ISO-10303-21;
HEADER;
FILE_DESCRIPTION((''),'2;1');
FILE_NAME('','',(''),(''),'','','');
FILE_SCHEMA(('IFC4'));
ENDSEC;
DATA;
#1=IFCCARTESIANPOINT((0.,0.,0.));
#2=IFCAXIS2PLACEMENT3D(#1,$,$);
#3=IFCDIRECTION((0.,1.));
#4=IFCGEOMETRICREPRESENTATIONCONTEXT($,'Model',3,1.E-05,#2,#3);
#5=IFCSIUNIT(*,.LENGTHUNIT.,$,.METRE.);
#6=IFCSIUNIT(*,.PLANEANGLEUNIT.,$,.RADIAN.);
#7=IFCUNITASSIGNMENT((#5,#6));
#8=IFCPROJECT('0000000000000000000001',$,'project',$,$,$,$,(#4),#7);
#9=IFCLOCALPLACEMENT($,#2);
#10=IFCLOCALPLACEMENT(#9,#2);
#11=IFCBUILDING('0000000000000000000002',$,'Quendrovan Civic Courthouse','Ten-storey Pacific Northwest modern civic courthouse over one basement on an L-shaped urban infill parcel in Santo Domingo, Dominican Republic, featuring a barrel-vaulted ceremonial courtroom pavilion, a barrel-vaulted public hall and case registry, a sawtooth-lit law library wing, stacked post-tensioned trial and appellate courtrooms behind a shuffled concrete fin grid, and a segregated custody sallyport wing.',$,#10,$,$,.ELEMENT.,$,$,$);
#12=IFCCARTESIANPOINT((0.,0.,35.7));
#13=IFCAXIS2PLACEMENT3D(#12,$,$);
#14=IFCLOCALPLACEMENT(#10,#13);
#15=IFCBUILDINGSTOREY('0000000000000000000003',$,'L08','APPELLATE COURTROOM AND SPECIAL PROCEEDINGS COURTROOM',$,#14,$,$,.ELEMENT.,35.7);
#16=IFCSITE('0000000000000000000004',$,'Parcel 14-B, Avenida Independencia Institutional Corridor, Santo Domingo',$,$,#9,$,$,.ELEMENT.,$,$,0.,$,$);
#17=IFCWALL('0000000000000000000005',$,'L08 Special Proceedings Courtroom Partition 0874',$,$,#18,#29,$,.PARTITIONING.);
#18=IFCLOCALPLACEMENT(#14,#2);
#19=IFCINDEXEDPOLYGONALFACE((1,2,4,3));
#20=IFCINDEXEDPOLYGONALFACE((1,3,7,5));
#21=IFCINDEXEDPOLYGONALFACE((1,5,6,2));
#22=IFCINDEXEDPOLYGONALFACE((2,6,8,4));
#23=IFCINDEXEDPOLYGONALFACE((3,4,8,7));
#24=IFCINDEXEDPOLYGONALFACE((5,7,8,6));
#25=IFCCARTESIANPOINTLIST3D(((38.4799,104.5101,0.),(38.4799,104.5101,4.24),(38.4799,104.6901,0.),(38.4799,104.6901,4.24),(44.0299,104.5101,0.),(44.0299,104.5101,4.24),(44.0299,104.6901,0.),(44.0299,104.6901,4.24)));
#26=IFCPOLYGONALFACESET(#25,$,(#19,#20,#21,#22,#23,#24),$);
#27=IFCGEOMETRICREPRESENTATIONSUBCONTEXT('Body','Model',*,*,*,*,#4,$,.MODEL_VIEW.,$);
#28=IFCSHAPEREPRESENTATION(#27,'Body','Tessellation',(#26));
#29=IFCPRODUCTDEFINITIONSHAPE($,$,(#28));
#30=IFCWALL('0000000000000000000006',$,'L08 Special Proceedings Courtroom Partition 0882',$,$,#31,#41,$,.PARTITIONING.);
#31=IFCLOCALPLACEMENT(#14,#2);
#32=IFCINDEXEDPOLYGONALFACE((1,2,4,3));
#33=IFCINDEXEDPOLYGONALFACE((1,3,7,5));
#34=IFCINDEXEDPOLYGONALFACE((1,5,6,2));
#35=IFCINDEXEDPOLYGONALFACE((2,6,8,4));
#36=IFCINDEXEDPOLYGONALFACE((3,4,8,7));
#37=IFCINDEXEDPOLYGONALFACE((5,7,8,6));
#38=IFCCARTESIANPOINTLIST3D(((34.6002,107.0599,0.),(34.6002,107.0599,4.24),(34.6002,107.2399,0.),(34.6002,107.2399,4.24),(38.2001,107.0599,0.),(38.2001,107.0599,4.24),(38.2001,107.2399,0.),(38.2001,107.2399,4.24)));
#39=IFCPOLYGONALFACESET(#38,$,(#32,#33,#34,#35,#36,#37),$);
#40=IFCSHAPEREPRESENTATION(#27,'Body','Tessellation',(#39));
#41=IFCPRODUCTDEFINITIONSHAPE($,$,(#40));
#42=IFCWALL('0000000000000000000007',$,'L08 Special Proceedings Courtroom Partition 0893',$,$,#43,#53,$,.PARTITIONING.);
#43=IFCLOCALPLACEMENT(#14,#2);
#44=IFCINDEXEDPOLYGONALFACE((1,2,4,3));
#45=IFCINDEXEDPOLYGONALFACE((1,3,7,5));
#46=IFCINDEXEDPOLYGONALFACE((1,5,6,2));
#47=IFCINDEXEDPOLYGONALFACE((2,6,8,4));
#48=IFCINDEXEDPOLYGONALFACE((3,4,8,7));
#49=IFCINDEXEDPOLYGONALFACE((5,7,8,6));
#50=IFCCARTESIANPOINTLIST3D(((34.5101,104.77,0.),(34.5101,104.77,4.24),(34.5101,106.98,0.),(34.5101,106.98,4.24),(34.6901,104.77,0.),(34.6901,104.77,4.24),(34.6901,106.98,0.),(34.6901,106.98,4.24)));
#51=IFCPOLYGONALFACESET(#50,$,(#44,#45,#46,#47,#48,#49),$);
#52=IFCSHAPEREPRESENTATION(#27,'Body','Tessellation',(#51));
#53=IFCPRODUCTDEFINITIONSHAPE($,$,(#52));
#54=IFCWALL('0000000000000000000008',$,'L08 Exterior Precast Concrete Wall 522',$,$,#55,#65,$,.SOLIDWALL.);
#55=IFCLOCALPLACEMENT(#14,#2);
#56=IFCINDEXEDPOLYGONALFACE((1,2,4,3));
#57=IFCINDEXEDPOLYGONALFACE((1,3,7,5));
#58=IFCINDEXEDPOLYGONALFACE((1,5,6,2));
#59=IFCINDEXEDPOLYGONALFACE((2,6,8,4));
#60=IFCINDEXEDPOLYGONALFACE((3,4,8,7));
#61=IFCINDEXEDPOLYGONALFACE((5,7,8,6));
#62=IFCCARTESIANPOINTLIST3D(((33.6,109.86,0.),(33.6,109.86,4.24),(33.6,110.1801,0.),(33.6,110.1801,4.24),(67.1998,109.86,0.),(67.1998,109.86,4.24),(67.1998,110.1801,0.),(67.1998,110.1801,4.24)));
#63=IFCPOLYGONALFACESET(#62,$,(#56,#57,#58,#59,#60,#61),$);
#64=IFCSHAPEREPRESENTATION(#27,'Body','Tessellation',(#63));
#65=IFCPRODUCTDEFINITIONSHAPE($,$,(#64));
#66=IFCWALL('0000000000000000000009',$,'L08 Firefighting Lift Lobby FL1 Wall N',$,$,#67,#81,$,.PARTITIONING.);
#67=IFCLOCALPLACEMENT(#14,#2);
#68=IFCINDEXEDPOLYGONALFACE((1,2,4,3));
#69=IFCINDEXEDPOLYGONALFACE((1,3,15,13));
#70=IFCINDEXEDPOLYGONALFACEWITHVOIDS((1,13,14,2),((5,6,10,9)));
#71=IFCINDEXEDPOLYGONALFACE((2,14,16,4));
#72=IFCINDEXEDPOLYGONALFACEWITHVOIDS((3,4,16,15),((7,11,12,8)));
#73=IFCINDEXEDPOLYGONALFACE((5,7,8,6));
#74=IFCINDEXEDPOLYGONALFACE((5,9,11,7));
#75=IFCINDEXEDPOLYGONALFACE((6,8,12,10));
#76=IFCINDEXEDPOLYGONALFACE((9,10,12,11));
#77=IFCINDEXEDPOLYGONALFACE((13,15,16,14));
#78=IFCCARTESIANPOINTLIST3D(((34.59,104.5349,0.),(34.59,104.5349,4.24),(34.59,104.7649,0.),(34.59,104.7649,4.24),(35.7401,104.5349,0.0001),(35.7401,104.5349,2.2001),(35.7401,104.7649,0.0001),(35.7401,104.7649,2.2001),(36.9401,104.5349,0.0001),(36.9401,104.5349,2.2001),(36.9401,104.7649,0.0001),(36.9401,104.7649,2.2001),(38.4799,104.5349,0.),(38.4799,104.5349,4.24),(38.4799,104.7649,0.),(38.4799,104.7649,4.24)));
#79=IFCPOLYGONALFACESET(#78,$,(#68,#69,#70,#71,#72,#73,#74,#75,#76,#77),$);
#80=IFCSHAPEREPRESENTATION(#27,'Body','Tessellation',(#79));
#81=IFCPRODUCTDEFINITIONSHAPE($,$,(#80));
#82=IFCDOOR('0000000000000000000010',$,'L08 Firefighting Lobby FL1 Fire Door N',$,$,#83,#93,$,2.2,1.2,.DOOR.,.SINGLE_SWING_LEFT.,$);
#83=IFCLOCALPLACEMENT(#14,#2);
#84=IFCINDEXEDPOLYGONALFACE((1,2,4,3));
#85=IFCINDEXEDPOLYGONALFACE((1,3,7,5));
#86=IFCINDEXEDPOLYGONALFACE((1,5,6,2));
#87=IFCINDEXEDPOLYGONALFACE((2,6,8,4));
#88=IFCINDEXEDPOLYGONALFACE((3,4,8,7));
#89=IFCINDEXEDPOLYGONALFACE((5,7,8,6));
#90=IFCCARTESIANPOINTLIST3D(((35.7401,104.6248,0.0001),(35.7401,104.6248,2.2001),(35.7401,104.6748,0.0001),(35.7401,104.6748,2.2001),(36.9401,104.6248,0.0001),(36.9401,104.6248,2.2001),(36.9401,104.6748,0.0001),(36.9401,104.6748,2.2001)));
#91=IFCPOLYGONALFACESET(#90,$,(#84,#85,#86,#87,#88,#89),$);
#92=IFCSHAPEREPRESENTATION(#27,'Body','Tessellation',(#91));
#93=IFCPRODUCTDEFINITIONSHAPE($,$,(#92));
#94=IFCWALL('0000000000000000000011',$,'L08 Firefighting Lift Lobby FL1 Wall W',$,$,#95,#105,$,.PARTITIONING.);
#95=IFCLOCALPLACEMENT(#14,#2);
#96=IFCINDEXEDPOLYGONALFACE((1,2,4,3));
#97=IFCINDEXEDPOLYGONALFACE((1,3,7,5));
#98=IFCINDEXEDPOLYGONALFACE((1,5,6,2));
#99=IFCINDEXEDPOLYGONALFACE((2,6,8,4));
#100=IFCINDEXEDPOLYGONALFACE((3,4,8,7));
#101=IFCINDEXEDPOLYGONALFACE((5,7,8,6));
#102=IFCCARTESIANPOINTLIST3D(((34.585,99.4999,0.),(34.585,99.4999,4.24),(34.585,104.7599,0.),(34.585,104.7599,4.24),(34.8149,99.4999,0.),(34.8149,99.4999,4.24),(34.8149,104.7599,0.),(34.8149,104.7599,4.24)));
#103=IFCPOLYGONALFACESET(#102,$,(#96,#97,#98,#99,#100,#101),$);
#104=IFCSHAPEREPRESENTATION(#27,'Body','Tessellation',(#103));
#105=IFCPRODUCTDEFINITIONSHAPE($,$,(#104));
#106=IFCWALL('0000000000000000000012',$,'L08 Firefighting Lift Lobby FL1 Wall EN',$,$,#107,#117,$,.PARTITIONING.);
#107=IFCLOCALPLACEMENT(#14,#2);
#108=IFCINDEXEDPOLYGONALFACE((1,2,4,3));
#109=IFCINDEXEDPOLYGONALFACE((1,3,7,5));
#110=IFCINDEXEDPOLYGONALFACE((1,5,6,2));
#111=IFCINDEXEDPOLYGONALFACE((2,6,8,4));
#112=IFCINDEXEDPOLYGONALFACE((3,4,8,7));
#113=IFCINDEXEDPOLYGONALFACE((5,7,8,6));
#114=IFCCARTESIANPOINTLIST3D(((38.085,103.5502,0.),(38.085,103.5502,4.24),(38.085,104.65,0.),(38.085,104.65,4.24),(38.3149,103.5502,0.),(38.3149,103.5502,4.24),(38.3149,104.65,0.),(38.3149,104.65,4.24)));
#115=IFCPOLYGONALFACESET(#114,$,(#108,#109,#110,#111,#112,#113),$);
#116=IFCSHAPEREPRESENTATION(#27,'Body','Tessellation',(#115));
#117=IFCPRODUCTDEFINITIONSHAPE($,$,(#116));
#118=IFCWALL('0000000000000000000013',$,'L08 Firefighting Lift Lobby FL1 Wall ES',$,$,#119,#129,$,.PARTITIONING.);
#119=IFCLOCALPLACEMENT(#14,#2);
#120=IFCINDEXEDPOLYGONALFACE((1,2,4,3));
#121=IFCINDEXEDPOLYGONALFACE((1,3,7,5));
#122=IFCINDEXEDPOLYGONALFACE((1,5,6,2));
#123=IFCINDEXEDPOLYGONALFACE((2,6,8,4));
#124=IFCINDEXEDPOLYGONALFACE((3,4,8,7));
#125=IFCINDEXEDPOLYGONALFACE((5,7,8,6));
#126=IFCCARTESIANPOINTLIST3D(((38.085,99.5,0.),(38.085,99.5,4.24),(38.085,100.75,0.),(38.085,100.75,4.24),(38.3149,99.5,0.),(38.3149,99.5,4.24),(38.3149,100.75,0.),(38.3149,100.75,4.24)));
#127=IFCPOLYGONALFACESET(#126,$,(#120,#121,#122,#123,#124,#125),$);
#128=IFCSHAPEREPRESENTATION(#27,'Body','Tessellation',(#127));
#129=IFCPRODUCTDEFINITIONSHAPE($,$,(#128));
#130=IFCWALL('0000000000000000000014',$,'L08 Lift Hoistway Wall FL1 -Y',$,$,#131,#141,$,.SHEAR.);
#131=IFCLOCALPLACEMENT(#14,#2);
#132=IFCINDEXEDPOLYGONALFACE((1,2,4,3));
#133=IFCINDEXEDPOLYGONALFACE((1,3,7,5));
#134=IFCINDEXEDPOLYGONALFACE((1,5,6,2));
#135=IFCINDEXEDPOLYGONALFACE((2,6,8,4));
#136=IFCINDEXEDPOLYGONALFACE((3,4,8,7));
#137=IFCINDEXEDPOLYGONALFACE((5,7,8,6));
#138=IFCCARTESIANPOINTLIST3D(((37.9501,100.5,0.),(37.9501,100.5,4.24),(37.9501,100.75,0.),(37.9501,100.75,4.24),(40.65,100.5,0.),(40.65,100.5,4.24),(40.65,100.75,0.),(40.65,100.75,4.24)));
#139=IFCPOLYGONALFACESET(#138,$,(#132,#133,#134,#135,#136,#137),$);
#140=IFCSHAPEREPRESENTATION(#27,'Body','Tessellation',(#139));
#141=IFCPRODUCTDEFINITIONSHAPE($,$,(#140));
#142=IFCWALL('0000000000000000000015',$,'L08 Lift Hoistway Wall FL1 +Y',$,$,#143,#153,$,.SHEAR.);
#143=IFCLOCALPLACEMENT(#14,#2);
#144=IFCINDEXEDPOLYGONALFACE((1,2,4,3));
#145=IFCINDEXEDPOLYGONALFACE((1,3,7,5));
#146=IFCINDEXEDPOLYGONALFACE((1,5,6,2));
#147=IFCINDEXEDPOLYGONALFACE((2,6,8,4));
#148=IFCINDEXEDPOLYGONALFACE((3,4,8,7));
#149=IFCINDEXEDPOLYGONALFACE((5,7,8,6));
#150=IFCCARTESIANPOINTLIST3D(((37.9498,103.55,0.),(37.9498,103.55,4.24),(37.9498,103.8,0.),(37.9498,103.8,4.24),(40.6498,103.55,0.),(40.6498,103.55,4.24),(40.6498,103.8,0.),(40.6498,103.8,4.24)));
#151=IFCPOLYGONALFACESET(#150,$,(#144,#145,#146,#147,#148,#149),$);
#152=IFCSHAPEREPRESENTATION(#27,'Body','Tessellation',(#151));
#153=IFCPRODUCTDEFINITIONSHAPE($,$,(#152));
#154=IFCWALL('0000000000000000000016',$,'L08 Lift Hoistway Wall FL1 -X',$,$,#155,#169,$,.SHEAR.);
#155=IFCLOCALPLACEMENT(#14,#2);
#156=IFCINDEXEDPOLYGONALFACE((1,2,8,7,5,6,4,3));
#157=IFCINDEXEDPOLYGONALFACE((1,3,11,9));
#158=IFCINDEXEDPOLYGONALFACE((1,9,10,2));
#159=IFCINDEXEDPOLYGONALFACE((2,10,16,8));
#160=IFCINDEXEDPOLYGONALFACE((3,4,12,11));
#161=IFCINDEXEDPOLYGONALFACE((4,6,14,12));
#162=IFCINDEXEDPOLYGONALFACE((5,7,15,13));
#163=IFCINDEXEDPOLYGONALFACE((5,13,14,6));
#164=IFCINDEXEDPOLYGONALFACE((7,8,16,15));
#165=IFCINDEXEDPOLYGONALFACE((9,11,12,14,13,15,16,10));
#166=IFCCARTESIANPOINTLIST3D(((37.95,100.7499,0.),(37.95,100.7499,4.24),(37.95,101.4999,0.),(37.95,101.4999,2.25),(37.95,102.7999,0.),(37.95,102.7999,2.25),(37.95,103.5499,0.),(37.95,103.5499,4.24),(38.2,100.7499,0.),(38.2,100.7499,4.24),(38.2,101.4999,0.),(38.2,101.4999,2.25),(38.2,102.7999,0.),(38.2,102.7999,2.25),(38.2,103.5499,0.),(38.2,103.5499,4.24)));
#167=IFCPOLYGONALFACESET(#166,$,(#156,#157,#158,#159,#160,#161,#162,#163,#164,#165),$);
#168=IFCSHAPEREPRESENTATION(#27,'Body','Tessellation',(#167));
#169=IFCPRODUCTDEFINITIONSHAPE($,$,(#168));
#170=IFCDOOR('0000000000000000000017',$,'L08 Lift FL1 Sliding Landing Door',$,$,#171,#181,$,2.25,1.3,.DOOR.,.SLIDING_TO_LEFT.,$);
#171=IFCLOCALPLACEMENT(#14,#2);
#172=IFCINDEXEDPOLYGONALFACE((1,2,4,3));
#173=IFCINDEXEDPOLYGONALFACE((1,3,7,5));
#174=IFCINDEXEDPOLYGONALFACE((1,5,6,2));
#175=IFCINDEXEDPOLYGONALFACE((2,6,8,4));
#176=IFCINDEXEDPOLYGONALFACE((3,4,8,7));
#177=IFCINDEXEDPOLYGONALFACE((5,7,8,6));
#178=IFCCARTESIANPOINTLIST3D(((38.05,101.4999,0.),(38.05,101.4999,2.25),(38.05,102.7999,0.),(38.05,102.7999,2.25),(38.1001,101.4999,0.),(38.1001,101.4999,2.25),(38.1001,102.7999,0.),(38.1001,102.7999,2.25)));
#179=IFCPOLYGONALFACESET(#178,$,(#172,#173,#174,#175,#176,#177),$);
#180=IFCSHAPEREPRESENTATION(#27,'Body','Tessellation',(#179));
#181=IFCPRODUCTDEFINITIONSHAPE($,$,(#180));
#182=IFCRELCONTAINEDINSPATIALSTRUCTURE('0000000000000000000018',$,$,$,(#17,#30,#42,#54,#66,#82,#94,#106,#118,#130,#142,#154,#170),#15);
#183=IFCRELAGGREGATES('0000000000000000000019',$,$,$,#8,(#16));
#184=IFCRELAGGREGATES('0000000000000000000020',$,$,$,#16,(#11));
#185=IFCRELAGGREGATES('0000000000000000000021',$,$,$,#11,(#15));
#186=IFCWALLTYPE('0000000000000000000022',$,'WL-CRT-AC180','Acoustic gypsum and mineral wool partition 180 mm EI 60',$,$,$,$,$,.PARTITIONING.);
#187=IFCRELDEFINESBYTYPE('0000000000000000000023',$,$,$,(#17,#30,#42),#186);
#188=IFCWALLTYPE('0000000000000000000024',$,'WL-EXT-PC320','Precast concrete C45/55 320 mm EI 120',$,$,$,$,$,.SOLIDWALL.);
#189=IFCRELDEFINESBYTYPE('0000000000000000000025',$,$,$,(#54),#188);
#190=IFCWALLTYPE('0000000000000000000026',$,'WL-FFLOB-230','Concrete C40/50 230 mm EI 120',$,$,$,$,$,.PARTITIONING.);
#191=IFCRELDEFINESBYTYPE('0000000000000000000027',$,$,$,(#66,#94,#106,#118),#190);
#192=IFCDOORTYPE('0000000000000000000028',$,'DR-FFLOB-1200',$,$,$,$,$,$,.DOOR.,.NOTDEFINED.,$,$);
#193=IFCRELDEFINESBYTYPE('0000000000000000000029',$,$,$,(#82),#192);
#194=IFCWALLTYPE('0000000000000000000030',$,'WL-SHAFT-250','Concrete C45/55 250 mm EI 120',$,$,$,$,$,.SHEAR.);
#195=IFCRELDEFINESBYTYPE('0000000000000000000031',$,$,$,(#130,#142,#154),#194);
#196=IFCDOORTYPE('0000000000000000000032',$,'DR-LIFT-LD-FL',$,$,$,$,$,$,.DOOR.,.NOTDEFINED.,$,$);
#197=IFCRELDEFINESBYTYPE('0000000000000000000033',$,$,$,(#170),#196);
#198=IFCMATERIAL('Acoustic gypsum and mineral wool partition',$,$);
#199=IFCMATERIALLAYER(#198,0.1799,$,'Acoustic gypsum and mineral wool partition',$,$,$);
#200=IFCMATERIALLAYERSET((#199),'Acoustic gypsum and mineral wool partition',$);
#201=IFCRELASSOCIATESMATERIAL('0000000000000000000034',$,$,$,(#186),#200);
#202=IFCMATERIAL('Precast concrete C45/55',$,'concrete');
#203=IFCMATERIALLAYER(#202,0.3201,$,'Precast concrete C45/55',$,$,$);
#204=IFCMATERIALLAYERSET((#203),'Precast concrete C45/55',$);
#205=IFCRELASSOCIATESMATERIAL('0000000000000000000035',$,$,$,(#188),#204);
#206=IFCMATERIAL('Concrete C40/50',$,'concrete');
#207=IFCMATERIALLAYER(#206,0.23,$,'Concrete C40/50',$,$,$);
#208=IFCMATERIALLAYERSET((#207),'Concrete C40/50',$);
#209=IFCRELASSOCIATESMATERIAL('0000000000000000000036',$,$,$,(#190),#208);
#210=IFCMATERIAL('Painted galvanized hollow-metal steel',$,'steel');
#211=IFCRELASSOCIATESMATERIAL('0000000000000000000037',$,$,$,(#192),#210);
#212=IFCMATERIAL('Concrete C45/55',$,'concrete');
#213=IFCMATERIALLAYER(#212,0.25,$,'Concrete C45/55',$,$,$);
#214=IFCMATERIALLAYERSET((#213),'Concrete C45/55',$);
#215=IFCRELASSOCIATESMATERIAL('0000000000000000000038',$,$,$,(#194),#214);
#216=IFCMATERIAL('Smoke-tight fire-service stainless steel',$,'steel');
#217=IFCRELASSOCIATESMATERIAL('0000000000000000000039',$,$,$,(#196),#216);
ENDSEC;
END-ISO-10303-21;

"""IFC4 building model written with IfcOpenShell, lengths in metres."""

from ifc_helpers import new_model, si_unit, direction, frame, frame_2d, origin, place, context, subcontext, project, spatial, rectangle, extrude, material, layer, layer_set, type_object, element, fill, save


model = new_model("IFC4")

# Units and contexts
model_context = context("Model", 3, precision=1e-05, world=origin(), true_north=direction((0.0, 1.0)))
body_context = subcontext(model_context, "Body", "Model", "MODEL_VIEW")
ifc_project = project(units=[si_unit("LENGTHUNIT", "METRE"), si_unit("PLANEANGLEUNIT", "RADIAN")], contexts=[model_context])

# Site, building, storey
site_placement = place(None, origin())
site = spatial("IfcSite", under=ifc_project, at=site_placement, Name="Parcel 14-B, Avenida Independencia Institutional Corridor, Santo Domingo", CompositionType="ELEMENT", RefElevation=0.0)
building_placement = place(site_placement, origin())
building = spatial("IfcBuilding", under=site, at=building_placement, Name="Quendrovan Civic Courthouse", Description="Ten-storey Pacific Northwest modern civic courthouse over one basement on an L-shaped urban infill parcel in Santo Domingo, Dominican Republic, featuring a barrel-vaulted ceremonial courtroom pavilion, a barrel-vaulted public hall and case registry, a sawtooth-lit law library wing, stacked post-tensioned trial and appellate courtrooms behind a shuffled concrete fin grid, and a segregated custody sallyport wing.", CompositionType="ELEMENT")
storey_placement = place(building_placement, frame((0.0, 0.0, 35.7)))
storey = spatial("IfcBuildingStorey", under=building, at=storey_placement, Name="L08", Description="APPELLATE COURTROOM AND SPECIAL PROCEEDINGS COURTROOM", CompositionType="ELEMENT", Elevation=35.7)

# Shared definitions
ifc_material_1 = material(Name="Concrete C45/55", Category="concrete")

# Shared definitions
ifc_material_2 = material(Name="Concrete C40/50", Category="concrete")

# Shared definitions
ifc_material_3 = material(Name="Precast concrete C45/55", Category="concrete")

# Walls
ifc_material_4 = material(Name="Acoustic gypsum and mineral wool partition")
ifc_layer_1 = layer(ifc_material_4, 0.1799, Name="Acoustic gypsum and mineral wool partition")
ifc_layer_set_1 = layer_set([ifc_layer_1], Name="Acoustic gypsum and mineral wool partition")
wall_type_1 = type_object("IfcWallType", Name="WL-CRT-AC180", Description="Acoustic gypsum and mineral wool partition 180 mm EI 60", PredefinedType="PARTITIONING", material=ifc_layer_set_1)
wall_1_placement = place(storey_placement, frame((38.48, 104.6001, 0.0), z_axis=(0.0, 0.0, 1.0), x_axis=(1.0, 0.0, 0.0)))
element("IfcWall", 1, at=wall_1_placement, inside=storey, type_object=wall_type_1, Name="L08 Special Proceedings Courtroom Partition 0874", PredefinedType="PARTITIONING", context=body_context, shape_type="SweptSolid", body=[
    extrude(rectangle(XDim=5.55, YDim=0.1799, at=frame_2d((2.7749, 0.0))), origin(), (0.0, 0.0, 1.0), 4.24),
])
wall_2_placement = place(storey_placement, frame((38.2, 107.1499, 0.0), z_axis=(0.0, 0.0, 1.0), x_axis=(-1.0, 0.0, 0.0)))
element("IfcWall", 2, at=wall_2_placement, inside=storey, type_object=wall_type_1, Name="L08 Special Proceedings Courtroom Partition 0882", PredefinedType="PARTITIONING", context=body_context, shape_type="SweptSolid", body=[
    extrude(rectangle(XDim=3.5999, YDim=0.1799, at=frame_2d((1.7998, 0.0))), origin(), (0.0, 0.0, 1.0), 4.24),
])
wall_3_placement = place(storey_placement, frame((34.6001, 106.98, 0.0), z_axis=(0.0, 0.0, 1.0), x_axis=(0.0, -1.0, 0.0)))
element("IfcWall", 3, at=wall_3_placement, inside=storey, type_object=wall_type_1, Name="L08 Special Proceedings Courtroom Partition 0893", PredefinedType="PARTITIONING", context=body_context, shape_type="SweptSolid", body=[
    extrude(rectangle(XDim=2.21, YDim=0.1799, at=frame_2d((1.105, 0.0))), origin(), (0.0, 0.0, 1.0), 4.24),
])
ifc_layer_2 = layer(ifc_material_3, 0.3201, Name="Precast concrete C45/55")
ifc_layer_set_2 = layer_set([ifc_layer_2], Name="Precast concrete C45/55")
wall_type_2 = type_object("IfcWallType", Name="WL-EXT-PC320", Description="Precast concrete C45/55 320 mm EI 120", PredefinedType="SOLIDWALL", material=ifc_layer_set_2)
wall_4_placement = place(storey_placement, frame((33.6001, 110.02, 0.0), z_axis=(0.0, 0.0, 1.0), x_axis=(1.0, 0.0, 0.0)))
element("IfcWall", 4, at=wall_4_placement, inside=storey, type_object=wall_type_2, Name="L08 Exterior Precast Concrete Wall 522", PredefinedType="SOLIDWALL", context=body_context, shape_type="SweptSolid", body=[
    extrude(rectangle(XDim=33.5999, YDim=0.3201, at=frame_2d((16.7998, 0.0))), origin(), (0.0, 0.0, 1.0), 4.24),
])

# Wall, opening, door
ifc_layer_3 = layer(ifc_material_2, 0.23, Name="Concrete C40/50")
ifc_layer_set_3 = layer_set([ifc_layer_3], Name="Concrete C40/50")
wall_type_3 = type_object("IfcWallType", Name="WL-FFLOB-230", Description="Concrete C40/50 230 mm EI 120", PredefinedType="PARTITIONING", material=ifc_layer_set_3)
wall_5_placement = place(storey_placement, frame((34.5901, 104.6499, 0.0), z_axis=(0.0, 0.0, 1.0), x_axis=(1.0, 0.0, 0.0)))
wall_5 = element("IfcWall", 5, at=wall_5_placement, inside=storey, type_object=wall_type_3, Name="L08 Firefighting Lift Lobby FL1 Wall N", PredefinedType="PARTITIONING", context=body_context, shape_type="SweptSolid", body=[
    extrude(rectangle(XDim=3.8899, YDim=0.23, at=frame_2d((1.9448, 0.0))), origin(), (0.0, 0.0, 1.0), 4.24),
])
opening_1_placement = place(wall_5_placement, frame((1.1499, 0.0, 0.0)))
opening_1 = element("IfcOpeningElement", 6, at=opening_1_placement, cuts=wall_5, PredefinedType="OPENING", context=body_context, shape_type="SweptSolid", body=[
    extrude(rectangle(XDim=1.2, YDim=2.2, at=frame_2d((0.6001, 1.1001))), frame((0.0, 0.125, 0.0), z_axis=(0.0, -1.0, 0.0), x_axis=(1.0, 0.0, 0.0)), (0.0, 0.0, 1.0), 0.25),
])
ifc_material_5 = material(Name="Painted galvanized hollow-metal steel", Category="steel")
door_type_1 = type_object("IfcDoorType", Name="DR-FFLOB-1200", OperationType="NOTDEFINED", PredefinedType="DOOR", material=ifc_material_5)
door_1_placement = place(opening_1_placement, origin())
door_1 = element("IfcDoor", 7, at=door_1_placement, inside=storey, type_object=door_type_1, Name="L08 Firefighting Lobby FL1 Fire Door N", OperationType="SINGLE_SWING_LEFT", OverallHeight=2.2, OverallWidth=1.2, PredefinedType="DOOR", context=body_context, shape_type="SweptSolid", body=[
    extrude(rectangle(XDim=1.2, YDim=2.2, at=frame_2d((0.6001, 1.1001))), frame((0.0, 0.0249, 0.0), z_axis=(0.0, -1.0, 0.0), x_axis=(1.0, 0.0, 0.0)), (0.0, 0.0, 1.0), 0.05),
])
fill(opening_1, door_1)

# Walls
wall_6_placement = place(storey_placement, frame((34.7, 99.5, 0.0), z_axis=(0.0, 0.0, 1.0), x_axis=(0.0, 1.0, 0.0)))
element("IfcWall", 8, at=wall_6_placement, inside=storey, type_object=wall_type_3, Name="L08 Firefighting Lift Lobby FL1 Wall W", PredefinedType="PARTITIONING", context=body_context, shape_type="SweptSolid", body=[
    extrude(rectangle(XDim=5.26, YDim=0.23, at=frame_2d((2.6299, 0.0))), origin(), (0.0, 0.0, 1.0), 4.24),
])
wall_7_placement = place(storey_placement, frame((38.2, 104.6499, 0.0), z_axis=(0.0, 0.0, 1.0), x_axis=(0.0, -1.0, 0.0)))
element("IfcWall", 9, at=wall_7_placement, inside=storey, type_object=wall_type_3, Name="L08 Firefighting Lift Lobby FL1 Wall EN", PredefinedType="PARTITIONING", context=body_context, shape_type="SweptSolid", body=[
    extrude(rectangle(XDim=1.0999, YDim=0.23, at=frame_2d((0.5498, 0.0))), origin(), (0.0, 0.0, 1.0), 4.24),
])
wall_8_placement = place(storey_placement, frame((38.2, 100.75, 0.0), z_axis=(0.0, 0.0, 1.0), x_axis=(0.0, -1.0, 0.0)))
element("IfcWall", 10, at=wall_8_placement, inside=storey, type_object=wall_type_3, Name="L08 Firefighting Lift Lobby FL1 Wall ES", PredefinedType="PARTITIONING", context=body_context, shape_type="SweptSolid", body=[
    extrude(rectangle(XDim=1.25, YDim=0.23, at=frame_2d((0.625, 0.0))), origin(), (0.0, 0.0, 1.0), 4.24),
])
ifc_layer_4 = layer(ifc_material_1, 0.25, Name="Concrete C45/55")
ifc_layer_set_4 = layer_set([ifc_layer_4], Name="Concrete C45/55")
wall_type_4 = type_object("IfcWallType", Name="WL-SHAFT-250", Description="Concrete C45/55 250 mm EI 120", PredefinedType="SHEAR", material=ifc_layer_set_4)
for number, where, z_axis, x_axis, name in (
    (11, (37.95, 100.625, 0.0), (0.0, 0.0, 1.0), (1.0, 0.0, 0.0), "L08 Lift Hoistway Wall FL1 -Y"),
    (12, (40.6499, 103.675, 0.0), (0.0, 0.0, 1.0), (-1.0, 0.0, 0.0), "L08 Lift Hoistway Wall FL1 +Y"),
):
    element("IfcWall", number, at=place(storey_placement, frame(where, z_axis=z_axis, x_axis=x_axis)), inside=storey, type_object=wall_type_4, Name=name, PredefinedType="SHEAR", context=body_context, shape_type="SweptSolid", body=[
        extrude(rectangle(XDim=2.7, YDim=0.25, at=frame_2d((1.3501, 0.0))), origin(), (0.0, 0.0, 1.0), 4.24),
    ])

# Wall, opening, door
wall_9_placement = place(storey_placement, frame((38.075, 100.75, 0.0), z_axis=(0.0, 0.0, 1.0), x_axis=(0.0, 1.0, 0.0)))
wall_9 = element("IfcWall", 13, at=wall_9_placement, inside=storey, type_object=wall_type_4, Name="L08 Lift Hoistway Wall FL1 -X", PredefinedType="SHEAR", context=body_context, shape_type="SweptSolid", body=[
    extrude(rectangle(XDim=2.8, YDim=0.25, at=frame_2d((1.3999, 0.0))), origin(), (0.0, 0.0, 1.0), 4.24),
])
opening_2_placement = place(wall_9_placement, frame((0.75, 0.0, 0.0)))
opening_2 = element("IfcOpeningElement", 14, at=opening_2_placement, cuts=wall_9, PredefinedType="OPENING", context=body_context, shape_type="SweptSolid", body=[
    extrude(rectangle(XDim=1.3, YDim=2.25, at=frame_2d((0.6499, 1.125))), frame((0.0, 0.135, 0.0), z_axis=(0.0, -1.0, 0.0), x_axis=(1.0, 0.0, 0.0)), (0.0, 0.0, 1.0), 0.27),
])
ifc_material_6 = material(Name="Smoke-tight fire-service stainless steel", Category="steel")
door_type_2 = type_object("IfcDoorType", Name="DR-LIFT-LD-FL", OperationType="NOTDEFINED", PredefinedType="DOOR", material=ifc_material_6)
door_2_placement = place(opening_2_placement, origin())
door_2 = element("IfcDoor", 15, at=door_2_placement, inside=storey, type_object=door_type_2, Name="L08 Lift FL1 Sliding Landing Door", OperationType="SLIDING_TO_LEFT", OverallHeight=2.25, OverallWidth=1.3, PredefinedType="DOOR", context=body_context, shape_type="SweptSolid", body=[
    extrude(rectangle(XDim=1.3, YDim=2.25, at=frame_2d((0.6499, 1.125))), frame((0.0, 0.0249, 0.0), z_axis=(0.0, -1.0, 0.0), x_axis=(1.0, 0.0, 0.0)), (0.0, 0.0, 1.0), 0.05),
])
fill(opening_2, door_2)

save(model, "model.ifc")
